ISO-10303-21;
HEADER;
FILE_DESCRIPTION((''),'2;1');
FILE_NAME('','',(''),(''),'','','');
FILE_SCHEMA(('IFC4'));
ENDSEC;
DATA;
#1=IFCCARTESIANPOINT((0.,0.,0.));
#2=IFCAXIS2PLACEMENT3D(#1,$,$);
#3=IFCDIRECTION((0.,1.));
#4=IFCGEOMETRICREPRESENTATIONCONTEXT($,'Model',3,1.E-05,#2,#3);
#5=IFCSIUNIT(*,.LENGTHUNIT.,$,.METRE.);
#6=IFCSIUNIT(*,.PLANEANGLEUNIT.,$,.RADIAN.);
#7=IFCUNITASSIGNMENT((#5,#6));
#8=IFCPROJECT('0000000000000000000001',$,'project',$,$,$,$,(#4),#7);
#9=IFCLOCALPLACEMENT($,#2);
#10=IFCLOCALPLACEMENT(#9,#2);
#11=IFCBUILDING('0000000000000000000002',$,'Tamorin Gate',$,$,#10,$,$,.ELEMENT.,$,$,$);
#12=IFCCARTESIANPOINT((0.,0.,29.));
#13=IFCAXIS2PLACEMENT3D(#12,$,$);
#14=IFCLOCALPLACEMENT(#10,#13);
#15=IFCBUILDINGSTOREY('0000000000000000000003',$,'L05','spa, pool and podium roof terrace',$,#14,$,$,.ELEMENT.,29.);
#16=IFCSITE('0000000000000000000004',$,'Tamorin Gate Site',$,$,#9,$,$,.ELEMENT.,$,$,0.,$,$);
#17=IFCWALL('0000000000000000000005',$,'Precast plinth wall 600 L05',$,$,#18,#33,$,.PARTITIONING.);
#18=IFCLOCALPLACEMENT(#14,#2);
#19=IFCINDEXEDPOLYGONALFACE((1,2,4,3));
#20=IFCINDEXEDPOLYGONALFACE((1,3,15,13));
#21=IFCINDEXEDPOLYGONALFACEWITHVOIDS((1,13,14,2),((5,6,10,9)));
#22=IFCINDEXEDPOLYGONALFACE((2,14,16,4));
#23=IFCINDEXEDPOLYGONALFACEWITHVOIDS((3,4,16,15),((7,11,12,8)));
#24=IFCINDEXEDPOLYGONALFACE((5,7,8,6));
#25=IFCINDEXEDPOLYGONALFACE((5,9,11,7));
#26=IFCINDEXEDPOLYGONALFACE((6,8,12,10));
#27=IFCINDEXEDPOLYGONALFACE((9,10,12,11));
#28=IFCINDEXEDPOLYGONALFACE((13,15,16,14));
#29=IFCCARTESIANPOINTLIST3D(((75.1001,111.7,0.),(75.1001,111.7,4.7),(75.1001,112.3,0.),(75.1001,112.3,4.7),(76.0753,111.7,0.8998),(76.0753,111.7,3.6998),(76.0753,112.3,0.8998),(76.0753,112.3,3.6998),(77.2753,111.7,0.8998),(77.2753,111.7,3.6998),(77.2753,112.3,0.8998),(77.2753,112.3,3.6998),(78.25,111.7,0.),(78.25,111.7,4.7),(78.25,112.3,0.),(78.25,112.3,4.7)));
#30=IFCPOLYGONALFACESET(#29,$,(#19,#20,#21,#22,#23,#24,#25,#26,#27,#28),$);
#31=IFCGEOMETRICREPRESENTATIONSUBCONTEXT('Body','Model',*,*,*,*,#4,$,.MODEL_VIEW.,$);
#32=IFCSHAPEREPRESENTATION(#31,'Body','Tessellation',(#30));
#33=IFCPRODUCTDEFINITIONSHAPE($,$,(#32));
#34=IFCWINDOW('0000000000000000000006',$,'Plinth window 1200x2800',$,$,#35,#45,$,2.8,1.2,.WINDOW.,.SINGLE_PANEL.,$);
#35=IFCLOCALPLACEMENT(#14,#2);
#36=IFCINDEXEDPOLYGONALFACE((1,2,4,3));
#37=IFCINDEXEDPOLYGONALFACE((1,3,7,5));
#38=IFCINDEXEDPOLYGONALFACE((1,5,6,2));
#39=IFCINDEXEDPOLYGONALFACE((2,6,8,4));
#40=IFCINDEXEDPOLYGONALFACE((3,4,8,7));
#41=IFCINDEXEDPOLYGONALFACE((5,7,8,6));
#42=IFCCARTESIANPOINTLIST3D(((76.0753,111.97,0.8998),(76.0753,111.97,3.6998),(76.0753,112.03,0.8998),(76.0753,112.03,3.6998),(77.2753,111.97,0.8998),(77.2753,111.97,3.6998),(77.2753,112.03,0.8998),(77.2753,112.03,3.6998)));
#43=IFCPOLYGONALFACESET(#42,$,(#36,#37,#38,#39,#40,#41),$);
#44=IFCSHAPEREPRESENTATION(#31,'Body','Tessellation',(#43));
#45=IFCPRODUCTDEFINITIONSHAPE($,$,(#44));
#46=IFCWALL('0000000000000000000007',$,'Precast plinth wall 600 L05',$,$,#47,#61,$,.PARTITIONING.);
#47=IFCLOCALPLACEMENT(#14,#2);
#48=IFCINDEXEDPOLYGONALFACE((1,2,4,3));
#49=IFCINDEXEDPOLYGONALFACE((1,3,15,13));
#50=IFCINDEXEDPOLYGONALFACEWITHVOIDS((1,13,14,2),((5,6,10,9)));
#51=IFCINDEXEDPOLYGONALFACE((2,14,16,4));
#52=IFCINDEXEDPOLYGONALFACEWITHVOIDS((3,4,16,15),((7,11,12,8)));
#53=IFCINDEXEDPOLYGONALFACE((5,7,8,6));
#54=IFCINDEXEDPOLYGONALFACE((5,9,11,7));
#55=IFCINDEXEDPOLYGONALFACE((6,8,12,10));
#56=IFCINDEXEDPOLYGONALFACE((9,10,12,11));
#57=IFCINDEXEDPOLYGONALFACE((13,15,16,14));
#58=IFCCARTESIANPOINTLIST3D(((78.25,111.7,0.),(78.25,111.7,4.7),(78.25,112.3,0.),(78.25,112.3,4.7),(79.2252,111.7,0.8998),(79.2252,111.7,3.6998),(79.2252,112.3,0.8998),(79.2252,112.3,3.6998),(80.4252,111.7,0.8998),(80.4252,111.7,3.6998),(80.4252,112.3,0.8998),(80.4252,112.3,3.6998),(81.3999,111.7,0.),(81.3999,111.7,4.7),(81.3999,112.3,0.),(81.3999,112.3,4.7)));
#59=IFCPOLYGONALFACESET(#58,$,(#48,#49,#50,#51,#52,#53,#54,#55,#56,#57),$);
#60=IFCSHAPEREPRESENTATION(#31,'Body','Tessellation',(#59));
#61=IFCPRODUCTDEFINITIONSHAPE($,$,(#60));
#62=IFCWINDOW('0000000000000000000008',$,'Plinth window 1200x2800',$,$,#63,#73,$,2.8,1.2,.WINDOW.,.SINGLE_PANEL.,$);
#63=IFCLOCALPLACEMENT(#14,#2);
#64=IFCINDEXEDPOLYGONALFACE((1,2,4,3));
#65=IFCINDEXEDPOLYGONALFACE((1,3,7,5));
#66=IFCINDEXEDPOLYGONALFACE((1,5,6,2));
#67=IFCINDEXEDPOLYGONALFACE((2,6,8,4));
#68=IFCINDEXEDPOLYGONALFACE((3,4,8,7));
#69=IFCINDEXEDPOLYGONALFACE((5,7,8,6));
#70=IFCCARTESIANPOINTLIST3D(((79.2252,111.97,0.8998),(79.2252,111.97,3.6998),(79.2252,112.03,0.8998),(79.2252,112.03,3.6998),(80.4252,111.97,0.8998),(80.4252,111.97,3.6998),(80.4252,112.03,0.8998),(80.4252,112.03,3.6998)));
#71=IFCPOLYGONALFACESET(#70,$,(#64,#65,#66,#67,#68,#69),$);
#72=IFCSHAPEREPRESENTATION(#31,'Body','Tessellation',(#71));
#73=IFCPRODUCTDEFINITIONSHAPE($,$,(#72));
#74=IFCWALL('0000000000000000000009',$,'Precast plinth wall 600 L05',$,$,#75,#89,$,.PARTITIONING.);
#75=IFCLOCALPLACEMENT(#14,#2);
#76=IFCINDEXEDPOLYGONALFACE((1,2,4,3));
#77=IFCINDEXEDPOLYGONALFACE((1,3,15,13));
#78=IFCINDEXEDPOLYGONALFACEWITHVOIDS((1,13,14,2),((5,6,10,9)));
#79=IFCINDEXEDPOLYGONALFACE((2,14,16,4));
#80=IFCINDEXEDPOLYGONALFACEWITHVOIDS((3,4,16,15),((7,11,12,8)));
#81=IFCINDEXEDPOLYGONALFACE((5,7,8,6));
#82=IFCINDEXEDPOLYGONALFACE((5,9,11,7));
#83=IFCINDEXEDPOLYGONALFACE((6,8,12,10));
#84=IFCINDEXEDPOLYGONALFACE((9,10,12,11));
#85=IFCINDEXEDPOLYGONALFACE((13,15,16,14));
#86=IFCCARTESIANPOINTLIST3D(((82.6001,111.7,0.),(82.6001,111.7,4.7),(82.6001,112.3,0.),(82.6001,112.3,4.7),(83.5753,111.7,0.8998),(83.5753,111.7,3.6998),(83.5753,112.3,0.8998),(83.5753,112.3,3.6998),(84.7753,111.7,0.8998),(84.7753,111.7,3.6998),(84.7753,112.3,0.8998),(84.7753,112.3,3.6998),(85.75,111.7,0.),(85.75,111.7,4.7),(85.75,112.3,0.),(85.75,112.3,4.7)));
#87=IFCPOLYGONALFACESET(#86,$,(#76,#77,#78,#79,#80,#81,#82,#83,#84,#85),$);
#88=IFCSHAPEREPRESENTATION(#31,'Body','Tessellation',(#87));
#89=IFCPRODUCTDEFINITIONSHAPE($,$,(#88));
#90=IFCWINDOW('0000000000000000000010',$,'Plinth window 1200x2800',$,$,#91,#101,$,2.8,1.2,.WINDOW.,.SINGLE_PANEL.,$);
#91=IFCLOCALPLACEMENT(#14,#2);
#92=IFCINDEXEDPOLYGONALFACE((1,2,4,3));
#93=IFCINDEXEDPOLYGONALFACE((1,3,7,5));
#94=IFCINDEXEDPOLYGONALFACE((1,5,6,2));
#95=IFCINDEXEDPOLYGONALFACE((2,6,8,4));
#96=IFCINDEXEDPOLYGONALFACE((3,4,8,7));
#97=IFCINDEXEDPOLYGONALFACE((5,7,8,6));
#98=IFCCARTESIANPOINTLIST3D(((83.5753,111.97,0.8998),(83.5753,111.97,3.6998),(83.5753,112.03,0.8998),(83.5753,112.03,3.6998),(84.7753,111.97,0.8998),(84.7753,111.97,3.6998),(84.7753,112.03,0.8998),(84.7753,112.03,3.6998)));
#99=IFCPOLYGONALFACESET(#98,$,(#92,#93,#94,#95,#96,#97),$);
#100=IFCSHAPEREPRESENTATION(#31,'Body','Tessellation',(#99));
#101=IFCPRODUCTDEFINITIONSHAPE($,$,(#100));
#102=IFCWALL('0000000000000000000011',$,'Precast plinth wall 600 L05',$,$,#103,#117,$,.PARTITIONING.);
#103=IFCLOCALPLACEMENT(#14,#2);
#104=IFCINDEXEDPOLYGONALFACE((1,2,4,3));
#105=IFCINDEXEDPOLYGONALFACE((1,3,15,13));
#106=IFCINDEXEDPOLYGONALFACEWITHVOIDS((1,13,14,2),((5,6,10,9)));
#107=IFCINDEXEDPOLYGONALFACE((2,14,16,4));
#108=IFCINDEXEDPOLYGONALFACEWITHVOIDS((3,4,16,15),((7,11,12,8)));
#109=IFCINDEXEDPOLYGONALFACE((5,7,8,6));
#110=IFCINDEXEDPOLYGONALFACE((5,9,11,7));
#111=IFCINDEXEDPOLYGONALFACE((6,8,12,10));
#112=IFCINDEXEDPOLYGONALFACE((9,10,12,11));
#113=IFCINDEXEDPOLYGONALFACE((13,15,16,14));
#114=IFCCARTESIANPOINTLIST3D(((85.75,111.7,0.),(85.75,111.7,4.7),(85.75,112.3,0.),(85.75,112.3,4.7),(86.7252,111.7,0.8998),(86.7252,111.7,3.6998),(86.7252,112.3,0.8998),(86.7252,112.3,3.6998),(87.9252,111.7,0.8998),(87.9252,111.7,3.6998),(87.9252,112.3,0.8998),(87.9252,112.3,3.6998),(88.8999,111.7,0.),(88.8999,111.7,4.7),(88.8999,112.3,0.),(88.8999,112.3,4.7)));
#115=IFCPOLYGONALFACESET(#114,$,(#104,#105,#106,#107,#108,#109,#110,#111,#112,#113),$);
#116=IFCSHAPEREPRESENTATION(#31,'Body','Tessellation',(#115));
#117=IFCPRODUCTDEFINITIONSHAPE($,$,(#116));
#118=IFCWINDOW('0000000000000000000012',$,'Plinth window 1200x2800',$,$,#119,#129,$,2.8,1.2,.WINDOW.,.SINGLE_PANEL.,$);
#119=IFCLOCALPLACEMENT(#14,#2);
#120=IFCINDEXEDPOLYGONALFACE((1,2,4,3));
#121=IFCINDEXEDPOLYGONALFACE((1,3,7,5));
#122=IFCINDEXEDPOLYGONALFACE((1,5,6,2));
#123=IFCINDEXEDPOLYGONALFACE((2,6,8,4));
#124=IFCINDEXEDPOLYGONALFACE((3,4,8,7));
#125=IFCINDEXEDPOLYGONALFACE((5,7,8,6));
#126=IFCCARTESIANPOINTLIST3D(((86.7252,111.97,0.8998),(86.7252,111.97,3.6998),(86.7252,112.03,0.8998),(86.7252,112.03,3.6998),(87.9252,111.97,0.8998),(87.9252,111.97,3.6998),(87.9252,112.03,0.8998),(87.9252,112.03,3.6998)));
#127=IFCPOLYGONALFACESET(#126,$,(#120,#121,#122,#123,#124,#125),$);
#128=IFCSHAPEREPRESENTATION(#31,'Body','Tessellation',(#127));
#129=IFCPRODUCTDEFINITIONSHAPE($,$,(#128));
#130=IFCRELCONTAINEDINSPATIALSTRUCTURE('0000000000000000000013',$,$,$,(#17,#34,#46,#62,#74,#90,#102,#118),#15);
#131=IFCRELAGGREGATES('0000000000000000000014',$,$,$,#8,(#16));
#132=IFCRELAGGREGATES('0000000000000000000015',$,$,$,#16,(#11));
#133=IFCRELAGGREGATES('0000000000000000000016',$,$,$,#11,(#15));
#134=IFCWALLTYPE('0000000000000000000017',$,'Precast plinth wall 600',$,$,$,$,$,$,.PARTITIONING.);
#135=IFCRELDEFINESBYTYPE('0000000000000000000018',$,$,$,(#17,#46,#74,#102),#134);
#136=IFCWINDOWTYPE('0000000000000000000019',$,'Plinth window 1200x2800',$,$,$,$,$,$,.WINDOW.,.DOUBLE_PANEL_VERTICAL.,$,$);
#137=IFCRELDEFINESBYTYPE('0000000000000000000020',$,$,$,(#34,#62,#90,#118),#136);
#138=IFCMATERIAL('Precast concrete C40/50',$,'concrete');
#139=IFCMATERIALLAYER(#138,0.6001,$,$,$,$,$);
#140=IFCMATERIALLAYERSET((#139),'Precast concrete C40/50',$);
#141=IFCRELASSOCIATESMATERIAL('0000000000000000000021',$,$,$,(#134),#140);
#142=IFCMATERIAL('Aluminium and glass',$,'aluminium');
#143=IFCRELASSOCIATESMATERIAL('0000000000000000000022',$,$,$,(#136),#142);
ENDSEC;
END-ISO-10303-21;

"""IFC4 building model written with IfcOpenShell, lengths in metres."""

from ifc_helpers import new_model, si_unit, direction, frame, frame_2d, origin, place, context, subcontext, project, spatial, rectangle, extrude, material, layer, layer_set, type_object, element, fill, save


model = new_model("IFC4")

# Units and contexts
model_context = context("Model", 3, precision=1e-05, world=origin(), true_north=direction((0.0, 1.0)))
body_context = subcontext(model_context, "Body", "Model", "MODEL_VIEW")
ifc_project = project(units=[si_unit("LENGTHUNIT", "METRE"), si_unit("PLANEANGLEUNIT", "RADIAN")], contexts=[model_context])

# Site, building, storey
site_placement = place(None, origin())
site = spatial("IfcSite", under=ifc_project, at=site_placement, Name="Tamorin Gate Site", CompositionType="ELEMENT", RefElevation=0.0)
building_placement = place(site_placement, origin())
building = spatial("IfcBuilding", under=site, at=building_placement, Name="Tamorin Gate", CompositionType="ELEMENT")
storey_placement = place(building_placement, frame((0.0, 0.0, 29.0)))
storey = spatial("IfcBuildingStorey", under=building, at=storey_placement, Name="L05", Description="spa, pool and podium roof terrace", CompositionType="ELEMENT", Elevation=29.0)

# Walls, openings, windows
ifc_material_1 = material(Name="Precast concrete C40/50", Category="concrete")
ifc_layer_1 = layer(ifc_material_1, 0.6001)
ifc_layer_set_1 = layer_set([ifc_layer_1], Name="Precast concrete C40/50")
wall_type_1 = type_object("IfcWallType", Name="Precast plinth wall 600", PredefinedType="PARTITIONING", material=ifc_layer_set_1)
wall_1_placement = place(storey_placement, frame((75.1001, 112.0, 0.0), z_axis=(0.0, 0.0, 1.0), x_axis=(1.0, 0.0, 0.0)))
wall_1 = element("IfcWall", 1, at=wall_1_placement, inside=storey, type_object=wall_type_1, Name="Precast plinth wall 600 L05", PredefinedType="PARTITIONING", context=body_context, shape_type="SweptSolid", body=[
    extrude(rectangle(XDim=3.1499, YDim=0.6001, at=frame_2d((1.575, 0.0))), origin(), (0.0, 0.0, 1.0), 4.7),
])
opening_1_placement = place(wall_1_placement, frame((0.9751, 0.0, 0.8999)))
opening_1 = element("IfcOpeningElement", 2, at=opening_1_placement, cuts=wall_1, PredefinedType="OPENING", context=body_context, shape_type="SweptSolid", body=[
    extrude(rectangle(XDim=1.2, YDim=2.8, at=frame_2d((0.6001, 1.3999))), frame((0.0, 0.3101, 0.0), z_axis=(0.0, -1.0, 0.0), x_axis=(1.0, 0.0, 0.0)), (0.0, 0.0, 1.0), 0.6201),
])
ifc_material_2 = material(Name="Aluminium and glass", Category="aluminium")
window_type = type_object("IfcWindowType", Name="Plinth window 1200x2800", PartitioningType="DOUBLE_PANEL_VERTICAL", PredefinedType="WINDOW", material=ifc_material_2)
window_1_placement = place(opening_1_placement, origin())
window_1 = element("IfcWindow", 3, at=window_1_placement, inside=storey, type_object=window_type, Name="Plinth window 1200x2800", OverallHeight=2.8, OverallWidth=1.2, PartitioningType="SINGLE_PANEL", PredefinedType="WINDOW", context=body_context, shape_type="SweptSolid", body=[
    extrude(rectangle(XDim=1.2, YDim=2.8, at=frame_2d((0.6001, 1.3999))), frame((0.0, 0.03, 0.0), z_axis=(0.0, -1.0, 0.0), x_axis=(1.0, 0.0, 0.0)), (0.0, 0.0, 1.0), 0.0601),
])
fill(opening_1, window_1)
wall_2_placement = place(storey_placement, frame((78.25, 112.0, 0.0), z_axis=(0.0, 0.0, 1.0), x_axis=(1.0, 0.0, 0.0)))
wall_2 = element("IfcWall", 4, at=wall_2_placement, inside=storey, type_object=wall_type_1, Name="Precast plinth wall 600 L05", PredefinedType="PARTITIONING", context=body_context, shape_type="SweptSolid", body=[
    extrude(rectangle(XDim=3.1499, YDim=0.6001, at=frame_2d((1.575, 0.0))), origin(), (0.0, 0.0, 1.0), 4.7),
])
opening_2_placement = place(wall_2_placement, frame((0.9751, 0.0, 0.8999)))
opening_2 = element("IfcOpeningElement", 5, at=opening_2_placement, cuts=wall_2, PredefinedType="OPENING", context=body_context, shape_type="SweptSolid", body=[
    extrude(rectangle(XDim=1.2, YDim=2.8, at=frame_2d((0.6001, 1.3999))), frame((0.0, 0.3101, 0.0), z_axis=(0.0, -1.0, 0.0), x_axis=(1.0, 0.0, 0.0)), (0.0, 0.0, 1.0), 0.6201),
])
window_2_placement = place(opening_2_placement, origin())
window_2 = element("IfcWindow", 6, at=window_2_placement, inside=storey, type_object=window_type, Name="Plinth window 1200x2800", OverallHeight=2.8, OverallWidth=1.2, PartitioningType="SINGLE_PANEL", PredefinedType="WINDOW", context=body_context, shape_type="SweptSolid", body=[
    extrude(rectangle(XDim=1.2, YDim=2.8, at=frame_2d((0.6001, 1.3999))), frame((0.0, 0.03, 0.0), z_axis=(0.0, -1.0, 0.0), x_axis=(1.0, 0.0, 0.0)), (0.0, 0.0, 1.0), 0.0601),
])
fill(opening_2, window_2)
wall_3_placement = place(storey_placement, frame((82.6001, 112.0, 0.0), z_axis=(0.0, 0.0, 1.0), x_axis=(1.0, 0.0, 0.0)))
wall_3 = element("IfcWall", 7, at=wall_3_placement, inside=storey, type_object=wall_type_1, Name="Precast plinth wall 600 L05", PredefinedType="PARTITIONING", context=body_context, shape_type="SweptSolid", body=[
    extrude(rectangle(XDim=3.1499, YDim=0.6001, at=frame_2d((1.575, 0.0))), origin(), (0.0, 0.0, 1.0), 4.7),
])
opening_3_placement = place(wall_3_placement, frame((0.9751, 0.0, 0.8999)))
opening_3 = element("IfcOpeningElement", 8, at=opening_3_placement, cuts=wall_3, PredefinedType="OPENING", context=body_context, shape_type="SweptSolid", body=[
    extrude(rectangle(XDim=1.2, YDim=2.8, at=frame_2d((0.6001, 1.3999))), frame((0.0, 0.3101, 0.0), z_axis=(0.0, -1.0, 0.0), x_axis=(1.0, 0.0, 0.0)), (0.0, 0.0, 1.0), 0.6201),
])
window_3_placement = place(opening_3_placement, origin())
window_3 = element("IfcWindow", 9, at=window_3_placement, inside=storey, type_object=window_type, Name="Plinth window 1200x2800", OverallHeight=2.8, OverallWidth=1.2, PartitioningType="SINGLE_PANEL", PredefinedType="WINDOW", context=body_context, shape_type="SweptSolid", body=[
    extrude(rectangle(XDim=1.2, YDim=2.8, at=frame_2d((0.6001, 1.3999))), frame((0.0, 0.03, 0.0), z_axis=(0.0, -1.0, 0.0), x_axis=(1.0, 0.0, 0.0)), (0.0, 0.0, 1.0), 0.0601),
])
fill(opening_3, window_3)
wall_4_placement = place(storey_placement, frame((85.75, 112.0, 0.0), z_axis=(0.0, 0.0, 1.0), x_axis=(1.0, 0.0, 0.0)))
wall_4 = element("IfcWall", 10, at=wall_4_placement, inside=storey, type_object=wall_type_1, Name="Precast plinth wall 600 L05", PredefinedType="PARTITIONING", context=body_context, shape_type="SweptSolid", body=[
    extrude(rectangle(XDim=3.1499, YDim=0.6001, at=frame_2d((1.575, 0.0))), origin(), (0.0, 0.0, 1.0), 4.7),
])
opening_4_placement = place(wall_4_placement, frame((0.9751, 0.0, 0.8999)))
opening_4 = element("IfcOpeningElement", 11, at=opening_4_placement, cuts=wall_4, PredefinedType="OPENING", context=body_context, shape_type="SweptSolid", body=[
    extrude(rectangle(XDim=1.2, YDim=2.8, at=frame_2d((0.6001, 1.3999))), frame((0.0, 0.3101, 0.0), z_axis=(0.0, -1.0, 0.0), x_axis=(1.0, 0.0, 0.0)), (0.0, 0.0, 1.0), 0.6201),
])
window_4_placement = place(opening_4_placement, origin())
window_4 = element("IfcWindow", 12, at=window_4_placement, inside=storey, type_object=window_type, Name="Plinth window 1200x2800", OverallHeight=2.8, OverallWidth=1.2, PartitioningType="SINGLE_PANEL", PredefinedType="WINDOW", context=body_context, shape_type="SweptSolid", body=[
    extrude(rectangle(XDim=1.2, YDim=2.8, at=frame_2d((0.6001, 1.3999))), frame((0.0, 0.03, 0.0), z_axis=(0.0, -1.0, 0.0), x_axis=(1.0, 0.0, 0.0)), (0.0, 0.0, 1.0), 0.0601),
])
fill(opening_4, window_4)

save(model, "model.ifc")
